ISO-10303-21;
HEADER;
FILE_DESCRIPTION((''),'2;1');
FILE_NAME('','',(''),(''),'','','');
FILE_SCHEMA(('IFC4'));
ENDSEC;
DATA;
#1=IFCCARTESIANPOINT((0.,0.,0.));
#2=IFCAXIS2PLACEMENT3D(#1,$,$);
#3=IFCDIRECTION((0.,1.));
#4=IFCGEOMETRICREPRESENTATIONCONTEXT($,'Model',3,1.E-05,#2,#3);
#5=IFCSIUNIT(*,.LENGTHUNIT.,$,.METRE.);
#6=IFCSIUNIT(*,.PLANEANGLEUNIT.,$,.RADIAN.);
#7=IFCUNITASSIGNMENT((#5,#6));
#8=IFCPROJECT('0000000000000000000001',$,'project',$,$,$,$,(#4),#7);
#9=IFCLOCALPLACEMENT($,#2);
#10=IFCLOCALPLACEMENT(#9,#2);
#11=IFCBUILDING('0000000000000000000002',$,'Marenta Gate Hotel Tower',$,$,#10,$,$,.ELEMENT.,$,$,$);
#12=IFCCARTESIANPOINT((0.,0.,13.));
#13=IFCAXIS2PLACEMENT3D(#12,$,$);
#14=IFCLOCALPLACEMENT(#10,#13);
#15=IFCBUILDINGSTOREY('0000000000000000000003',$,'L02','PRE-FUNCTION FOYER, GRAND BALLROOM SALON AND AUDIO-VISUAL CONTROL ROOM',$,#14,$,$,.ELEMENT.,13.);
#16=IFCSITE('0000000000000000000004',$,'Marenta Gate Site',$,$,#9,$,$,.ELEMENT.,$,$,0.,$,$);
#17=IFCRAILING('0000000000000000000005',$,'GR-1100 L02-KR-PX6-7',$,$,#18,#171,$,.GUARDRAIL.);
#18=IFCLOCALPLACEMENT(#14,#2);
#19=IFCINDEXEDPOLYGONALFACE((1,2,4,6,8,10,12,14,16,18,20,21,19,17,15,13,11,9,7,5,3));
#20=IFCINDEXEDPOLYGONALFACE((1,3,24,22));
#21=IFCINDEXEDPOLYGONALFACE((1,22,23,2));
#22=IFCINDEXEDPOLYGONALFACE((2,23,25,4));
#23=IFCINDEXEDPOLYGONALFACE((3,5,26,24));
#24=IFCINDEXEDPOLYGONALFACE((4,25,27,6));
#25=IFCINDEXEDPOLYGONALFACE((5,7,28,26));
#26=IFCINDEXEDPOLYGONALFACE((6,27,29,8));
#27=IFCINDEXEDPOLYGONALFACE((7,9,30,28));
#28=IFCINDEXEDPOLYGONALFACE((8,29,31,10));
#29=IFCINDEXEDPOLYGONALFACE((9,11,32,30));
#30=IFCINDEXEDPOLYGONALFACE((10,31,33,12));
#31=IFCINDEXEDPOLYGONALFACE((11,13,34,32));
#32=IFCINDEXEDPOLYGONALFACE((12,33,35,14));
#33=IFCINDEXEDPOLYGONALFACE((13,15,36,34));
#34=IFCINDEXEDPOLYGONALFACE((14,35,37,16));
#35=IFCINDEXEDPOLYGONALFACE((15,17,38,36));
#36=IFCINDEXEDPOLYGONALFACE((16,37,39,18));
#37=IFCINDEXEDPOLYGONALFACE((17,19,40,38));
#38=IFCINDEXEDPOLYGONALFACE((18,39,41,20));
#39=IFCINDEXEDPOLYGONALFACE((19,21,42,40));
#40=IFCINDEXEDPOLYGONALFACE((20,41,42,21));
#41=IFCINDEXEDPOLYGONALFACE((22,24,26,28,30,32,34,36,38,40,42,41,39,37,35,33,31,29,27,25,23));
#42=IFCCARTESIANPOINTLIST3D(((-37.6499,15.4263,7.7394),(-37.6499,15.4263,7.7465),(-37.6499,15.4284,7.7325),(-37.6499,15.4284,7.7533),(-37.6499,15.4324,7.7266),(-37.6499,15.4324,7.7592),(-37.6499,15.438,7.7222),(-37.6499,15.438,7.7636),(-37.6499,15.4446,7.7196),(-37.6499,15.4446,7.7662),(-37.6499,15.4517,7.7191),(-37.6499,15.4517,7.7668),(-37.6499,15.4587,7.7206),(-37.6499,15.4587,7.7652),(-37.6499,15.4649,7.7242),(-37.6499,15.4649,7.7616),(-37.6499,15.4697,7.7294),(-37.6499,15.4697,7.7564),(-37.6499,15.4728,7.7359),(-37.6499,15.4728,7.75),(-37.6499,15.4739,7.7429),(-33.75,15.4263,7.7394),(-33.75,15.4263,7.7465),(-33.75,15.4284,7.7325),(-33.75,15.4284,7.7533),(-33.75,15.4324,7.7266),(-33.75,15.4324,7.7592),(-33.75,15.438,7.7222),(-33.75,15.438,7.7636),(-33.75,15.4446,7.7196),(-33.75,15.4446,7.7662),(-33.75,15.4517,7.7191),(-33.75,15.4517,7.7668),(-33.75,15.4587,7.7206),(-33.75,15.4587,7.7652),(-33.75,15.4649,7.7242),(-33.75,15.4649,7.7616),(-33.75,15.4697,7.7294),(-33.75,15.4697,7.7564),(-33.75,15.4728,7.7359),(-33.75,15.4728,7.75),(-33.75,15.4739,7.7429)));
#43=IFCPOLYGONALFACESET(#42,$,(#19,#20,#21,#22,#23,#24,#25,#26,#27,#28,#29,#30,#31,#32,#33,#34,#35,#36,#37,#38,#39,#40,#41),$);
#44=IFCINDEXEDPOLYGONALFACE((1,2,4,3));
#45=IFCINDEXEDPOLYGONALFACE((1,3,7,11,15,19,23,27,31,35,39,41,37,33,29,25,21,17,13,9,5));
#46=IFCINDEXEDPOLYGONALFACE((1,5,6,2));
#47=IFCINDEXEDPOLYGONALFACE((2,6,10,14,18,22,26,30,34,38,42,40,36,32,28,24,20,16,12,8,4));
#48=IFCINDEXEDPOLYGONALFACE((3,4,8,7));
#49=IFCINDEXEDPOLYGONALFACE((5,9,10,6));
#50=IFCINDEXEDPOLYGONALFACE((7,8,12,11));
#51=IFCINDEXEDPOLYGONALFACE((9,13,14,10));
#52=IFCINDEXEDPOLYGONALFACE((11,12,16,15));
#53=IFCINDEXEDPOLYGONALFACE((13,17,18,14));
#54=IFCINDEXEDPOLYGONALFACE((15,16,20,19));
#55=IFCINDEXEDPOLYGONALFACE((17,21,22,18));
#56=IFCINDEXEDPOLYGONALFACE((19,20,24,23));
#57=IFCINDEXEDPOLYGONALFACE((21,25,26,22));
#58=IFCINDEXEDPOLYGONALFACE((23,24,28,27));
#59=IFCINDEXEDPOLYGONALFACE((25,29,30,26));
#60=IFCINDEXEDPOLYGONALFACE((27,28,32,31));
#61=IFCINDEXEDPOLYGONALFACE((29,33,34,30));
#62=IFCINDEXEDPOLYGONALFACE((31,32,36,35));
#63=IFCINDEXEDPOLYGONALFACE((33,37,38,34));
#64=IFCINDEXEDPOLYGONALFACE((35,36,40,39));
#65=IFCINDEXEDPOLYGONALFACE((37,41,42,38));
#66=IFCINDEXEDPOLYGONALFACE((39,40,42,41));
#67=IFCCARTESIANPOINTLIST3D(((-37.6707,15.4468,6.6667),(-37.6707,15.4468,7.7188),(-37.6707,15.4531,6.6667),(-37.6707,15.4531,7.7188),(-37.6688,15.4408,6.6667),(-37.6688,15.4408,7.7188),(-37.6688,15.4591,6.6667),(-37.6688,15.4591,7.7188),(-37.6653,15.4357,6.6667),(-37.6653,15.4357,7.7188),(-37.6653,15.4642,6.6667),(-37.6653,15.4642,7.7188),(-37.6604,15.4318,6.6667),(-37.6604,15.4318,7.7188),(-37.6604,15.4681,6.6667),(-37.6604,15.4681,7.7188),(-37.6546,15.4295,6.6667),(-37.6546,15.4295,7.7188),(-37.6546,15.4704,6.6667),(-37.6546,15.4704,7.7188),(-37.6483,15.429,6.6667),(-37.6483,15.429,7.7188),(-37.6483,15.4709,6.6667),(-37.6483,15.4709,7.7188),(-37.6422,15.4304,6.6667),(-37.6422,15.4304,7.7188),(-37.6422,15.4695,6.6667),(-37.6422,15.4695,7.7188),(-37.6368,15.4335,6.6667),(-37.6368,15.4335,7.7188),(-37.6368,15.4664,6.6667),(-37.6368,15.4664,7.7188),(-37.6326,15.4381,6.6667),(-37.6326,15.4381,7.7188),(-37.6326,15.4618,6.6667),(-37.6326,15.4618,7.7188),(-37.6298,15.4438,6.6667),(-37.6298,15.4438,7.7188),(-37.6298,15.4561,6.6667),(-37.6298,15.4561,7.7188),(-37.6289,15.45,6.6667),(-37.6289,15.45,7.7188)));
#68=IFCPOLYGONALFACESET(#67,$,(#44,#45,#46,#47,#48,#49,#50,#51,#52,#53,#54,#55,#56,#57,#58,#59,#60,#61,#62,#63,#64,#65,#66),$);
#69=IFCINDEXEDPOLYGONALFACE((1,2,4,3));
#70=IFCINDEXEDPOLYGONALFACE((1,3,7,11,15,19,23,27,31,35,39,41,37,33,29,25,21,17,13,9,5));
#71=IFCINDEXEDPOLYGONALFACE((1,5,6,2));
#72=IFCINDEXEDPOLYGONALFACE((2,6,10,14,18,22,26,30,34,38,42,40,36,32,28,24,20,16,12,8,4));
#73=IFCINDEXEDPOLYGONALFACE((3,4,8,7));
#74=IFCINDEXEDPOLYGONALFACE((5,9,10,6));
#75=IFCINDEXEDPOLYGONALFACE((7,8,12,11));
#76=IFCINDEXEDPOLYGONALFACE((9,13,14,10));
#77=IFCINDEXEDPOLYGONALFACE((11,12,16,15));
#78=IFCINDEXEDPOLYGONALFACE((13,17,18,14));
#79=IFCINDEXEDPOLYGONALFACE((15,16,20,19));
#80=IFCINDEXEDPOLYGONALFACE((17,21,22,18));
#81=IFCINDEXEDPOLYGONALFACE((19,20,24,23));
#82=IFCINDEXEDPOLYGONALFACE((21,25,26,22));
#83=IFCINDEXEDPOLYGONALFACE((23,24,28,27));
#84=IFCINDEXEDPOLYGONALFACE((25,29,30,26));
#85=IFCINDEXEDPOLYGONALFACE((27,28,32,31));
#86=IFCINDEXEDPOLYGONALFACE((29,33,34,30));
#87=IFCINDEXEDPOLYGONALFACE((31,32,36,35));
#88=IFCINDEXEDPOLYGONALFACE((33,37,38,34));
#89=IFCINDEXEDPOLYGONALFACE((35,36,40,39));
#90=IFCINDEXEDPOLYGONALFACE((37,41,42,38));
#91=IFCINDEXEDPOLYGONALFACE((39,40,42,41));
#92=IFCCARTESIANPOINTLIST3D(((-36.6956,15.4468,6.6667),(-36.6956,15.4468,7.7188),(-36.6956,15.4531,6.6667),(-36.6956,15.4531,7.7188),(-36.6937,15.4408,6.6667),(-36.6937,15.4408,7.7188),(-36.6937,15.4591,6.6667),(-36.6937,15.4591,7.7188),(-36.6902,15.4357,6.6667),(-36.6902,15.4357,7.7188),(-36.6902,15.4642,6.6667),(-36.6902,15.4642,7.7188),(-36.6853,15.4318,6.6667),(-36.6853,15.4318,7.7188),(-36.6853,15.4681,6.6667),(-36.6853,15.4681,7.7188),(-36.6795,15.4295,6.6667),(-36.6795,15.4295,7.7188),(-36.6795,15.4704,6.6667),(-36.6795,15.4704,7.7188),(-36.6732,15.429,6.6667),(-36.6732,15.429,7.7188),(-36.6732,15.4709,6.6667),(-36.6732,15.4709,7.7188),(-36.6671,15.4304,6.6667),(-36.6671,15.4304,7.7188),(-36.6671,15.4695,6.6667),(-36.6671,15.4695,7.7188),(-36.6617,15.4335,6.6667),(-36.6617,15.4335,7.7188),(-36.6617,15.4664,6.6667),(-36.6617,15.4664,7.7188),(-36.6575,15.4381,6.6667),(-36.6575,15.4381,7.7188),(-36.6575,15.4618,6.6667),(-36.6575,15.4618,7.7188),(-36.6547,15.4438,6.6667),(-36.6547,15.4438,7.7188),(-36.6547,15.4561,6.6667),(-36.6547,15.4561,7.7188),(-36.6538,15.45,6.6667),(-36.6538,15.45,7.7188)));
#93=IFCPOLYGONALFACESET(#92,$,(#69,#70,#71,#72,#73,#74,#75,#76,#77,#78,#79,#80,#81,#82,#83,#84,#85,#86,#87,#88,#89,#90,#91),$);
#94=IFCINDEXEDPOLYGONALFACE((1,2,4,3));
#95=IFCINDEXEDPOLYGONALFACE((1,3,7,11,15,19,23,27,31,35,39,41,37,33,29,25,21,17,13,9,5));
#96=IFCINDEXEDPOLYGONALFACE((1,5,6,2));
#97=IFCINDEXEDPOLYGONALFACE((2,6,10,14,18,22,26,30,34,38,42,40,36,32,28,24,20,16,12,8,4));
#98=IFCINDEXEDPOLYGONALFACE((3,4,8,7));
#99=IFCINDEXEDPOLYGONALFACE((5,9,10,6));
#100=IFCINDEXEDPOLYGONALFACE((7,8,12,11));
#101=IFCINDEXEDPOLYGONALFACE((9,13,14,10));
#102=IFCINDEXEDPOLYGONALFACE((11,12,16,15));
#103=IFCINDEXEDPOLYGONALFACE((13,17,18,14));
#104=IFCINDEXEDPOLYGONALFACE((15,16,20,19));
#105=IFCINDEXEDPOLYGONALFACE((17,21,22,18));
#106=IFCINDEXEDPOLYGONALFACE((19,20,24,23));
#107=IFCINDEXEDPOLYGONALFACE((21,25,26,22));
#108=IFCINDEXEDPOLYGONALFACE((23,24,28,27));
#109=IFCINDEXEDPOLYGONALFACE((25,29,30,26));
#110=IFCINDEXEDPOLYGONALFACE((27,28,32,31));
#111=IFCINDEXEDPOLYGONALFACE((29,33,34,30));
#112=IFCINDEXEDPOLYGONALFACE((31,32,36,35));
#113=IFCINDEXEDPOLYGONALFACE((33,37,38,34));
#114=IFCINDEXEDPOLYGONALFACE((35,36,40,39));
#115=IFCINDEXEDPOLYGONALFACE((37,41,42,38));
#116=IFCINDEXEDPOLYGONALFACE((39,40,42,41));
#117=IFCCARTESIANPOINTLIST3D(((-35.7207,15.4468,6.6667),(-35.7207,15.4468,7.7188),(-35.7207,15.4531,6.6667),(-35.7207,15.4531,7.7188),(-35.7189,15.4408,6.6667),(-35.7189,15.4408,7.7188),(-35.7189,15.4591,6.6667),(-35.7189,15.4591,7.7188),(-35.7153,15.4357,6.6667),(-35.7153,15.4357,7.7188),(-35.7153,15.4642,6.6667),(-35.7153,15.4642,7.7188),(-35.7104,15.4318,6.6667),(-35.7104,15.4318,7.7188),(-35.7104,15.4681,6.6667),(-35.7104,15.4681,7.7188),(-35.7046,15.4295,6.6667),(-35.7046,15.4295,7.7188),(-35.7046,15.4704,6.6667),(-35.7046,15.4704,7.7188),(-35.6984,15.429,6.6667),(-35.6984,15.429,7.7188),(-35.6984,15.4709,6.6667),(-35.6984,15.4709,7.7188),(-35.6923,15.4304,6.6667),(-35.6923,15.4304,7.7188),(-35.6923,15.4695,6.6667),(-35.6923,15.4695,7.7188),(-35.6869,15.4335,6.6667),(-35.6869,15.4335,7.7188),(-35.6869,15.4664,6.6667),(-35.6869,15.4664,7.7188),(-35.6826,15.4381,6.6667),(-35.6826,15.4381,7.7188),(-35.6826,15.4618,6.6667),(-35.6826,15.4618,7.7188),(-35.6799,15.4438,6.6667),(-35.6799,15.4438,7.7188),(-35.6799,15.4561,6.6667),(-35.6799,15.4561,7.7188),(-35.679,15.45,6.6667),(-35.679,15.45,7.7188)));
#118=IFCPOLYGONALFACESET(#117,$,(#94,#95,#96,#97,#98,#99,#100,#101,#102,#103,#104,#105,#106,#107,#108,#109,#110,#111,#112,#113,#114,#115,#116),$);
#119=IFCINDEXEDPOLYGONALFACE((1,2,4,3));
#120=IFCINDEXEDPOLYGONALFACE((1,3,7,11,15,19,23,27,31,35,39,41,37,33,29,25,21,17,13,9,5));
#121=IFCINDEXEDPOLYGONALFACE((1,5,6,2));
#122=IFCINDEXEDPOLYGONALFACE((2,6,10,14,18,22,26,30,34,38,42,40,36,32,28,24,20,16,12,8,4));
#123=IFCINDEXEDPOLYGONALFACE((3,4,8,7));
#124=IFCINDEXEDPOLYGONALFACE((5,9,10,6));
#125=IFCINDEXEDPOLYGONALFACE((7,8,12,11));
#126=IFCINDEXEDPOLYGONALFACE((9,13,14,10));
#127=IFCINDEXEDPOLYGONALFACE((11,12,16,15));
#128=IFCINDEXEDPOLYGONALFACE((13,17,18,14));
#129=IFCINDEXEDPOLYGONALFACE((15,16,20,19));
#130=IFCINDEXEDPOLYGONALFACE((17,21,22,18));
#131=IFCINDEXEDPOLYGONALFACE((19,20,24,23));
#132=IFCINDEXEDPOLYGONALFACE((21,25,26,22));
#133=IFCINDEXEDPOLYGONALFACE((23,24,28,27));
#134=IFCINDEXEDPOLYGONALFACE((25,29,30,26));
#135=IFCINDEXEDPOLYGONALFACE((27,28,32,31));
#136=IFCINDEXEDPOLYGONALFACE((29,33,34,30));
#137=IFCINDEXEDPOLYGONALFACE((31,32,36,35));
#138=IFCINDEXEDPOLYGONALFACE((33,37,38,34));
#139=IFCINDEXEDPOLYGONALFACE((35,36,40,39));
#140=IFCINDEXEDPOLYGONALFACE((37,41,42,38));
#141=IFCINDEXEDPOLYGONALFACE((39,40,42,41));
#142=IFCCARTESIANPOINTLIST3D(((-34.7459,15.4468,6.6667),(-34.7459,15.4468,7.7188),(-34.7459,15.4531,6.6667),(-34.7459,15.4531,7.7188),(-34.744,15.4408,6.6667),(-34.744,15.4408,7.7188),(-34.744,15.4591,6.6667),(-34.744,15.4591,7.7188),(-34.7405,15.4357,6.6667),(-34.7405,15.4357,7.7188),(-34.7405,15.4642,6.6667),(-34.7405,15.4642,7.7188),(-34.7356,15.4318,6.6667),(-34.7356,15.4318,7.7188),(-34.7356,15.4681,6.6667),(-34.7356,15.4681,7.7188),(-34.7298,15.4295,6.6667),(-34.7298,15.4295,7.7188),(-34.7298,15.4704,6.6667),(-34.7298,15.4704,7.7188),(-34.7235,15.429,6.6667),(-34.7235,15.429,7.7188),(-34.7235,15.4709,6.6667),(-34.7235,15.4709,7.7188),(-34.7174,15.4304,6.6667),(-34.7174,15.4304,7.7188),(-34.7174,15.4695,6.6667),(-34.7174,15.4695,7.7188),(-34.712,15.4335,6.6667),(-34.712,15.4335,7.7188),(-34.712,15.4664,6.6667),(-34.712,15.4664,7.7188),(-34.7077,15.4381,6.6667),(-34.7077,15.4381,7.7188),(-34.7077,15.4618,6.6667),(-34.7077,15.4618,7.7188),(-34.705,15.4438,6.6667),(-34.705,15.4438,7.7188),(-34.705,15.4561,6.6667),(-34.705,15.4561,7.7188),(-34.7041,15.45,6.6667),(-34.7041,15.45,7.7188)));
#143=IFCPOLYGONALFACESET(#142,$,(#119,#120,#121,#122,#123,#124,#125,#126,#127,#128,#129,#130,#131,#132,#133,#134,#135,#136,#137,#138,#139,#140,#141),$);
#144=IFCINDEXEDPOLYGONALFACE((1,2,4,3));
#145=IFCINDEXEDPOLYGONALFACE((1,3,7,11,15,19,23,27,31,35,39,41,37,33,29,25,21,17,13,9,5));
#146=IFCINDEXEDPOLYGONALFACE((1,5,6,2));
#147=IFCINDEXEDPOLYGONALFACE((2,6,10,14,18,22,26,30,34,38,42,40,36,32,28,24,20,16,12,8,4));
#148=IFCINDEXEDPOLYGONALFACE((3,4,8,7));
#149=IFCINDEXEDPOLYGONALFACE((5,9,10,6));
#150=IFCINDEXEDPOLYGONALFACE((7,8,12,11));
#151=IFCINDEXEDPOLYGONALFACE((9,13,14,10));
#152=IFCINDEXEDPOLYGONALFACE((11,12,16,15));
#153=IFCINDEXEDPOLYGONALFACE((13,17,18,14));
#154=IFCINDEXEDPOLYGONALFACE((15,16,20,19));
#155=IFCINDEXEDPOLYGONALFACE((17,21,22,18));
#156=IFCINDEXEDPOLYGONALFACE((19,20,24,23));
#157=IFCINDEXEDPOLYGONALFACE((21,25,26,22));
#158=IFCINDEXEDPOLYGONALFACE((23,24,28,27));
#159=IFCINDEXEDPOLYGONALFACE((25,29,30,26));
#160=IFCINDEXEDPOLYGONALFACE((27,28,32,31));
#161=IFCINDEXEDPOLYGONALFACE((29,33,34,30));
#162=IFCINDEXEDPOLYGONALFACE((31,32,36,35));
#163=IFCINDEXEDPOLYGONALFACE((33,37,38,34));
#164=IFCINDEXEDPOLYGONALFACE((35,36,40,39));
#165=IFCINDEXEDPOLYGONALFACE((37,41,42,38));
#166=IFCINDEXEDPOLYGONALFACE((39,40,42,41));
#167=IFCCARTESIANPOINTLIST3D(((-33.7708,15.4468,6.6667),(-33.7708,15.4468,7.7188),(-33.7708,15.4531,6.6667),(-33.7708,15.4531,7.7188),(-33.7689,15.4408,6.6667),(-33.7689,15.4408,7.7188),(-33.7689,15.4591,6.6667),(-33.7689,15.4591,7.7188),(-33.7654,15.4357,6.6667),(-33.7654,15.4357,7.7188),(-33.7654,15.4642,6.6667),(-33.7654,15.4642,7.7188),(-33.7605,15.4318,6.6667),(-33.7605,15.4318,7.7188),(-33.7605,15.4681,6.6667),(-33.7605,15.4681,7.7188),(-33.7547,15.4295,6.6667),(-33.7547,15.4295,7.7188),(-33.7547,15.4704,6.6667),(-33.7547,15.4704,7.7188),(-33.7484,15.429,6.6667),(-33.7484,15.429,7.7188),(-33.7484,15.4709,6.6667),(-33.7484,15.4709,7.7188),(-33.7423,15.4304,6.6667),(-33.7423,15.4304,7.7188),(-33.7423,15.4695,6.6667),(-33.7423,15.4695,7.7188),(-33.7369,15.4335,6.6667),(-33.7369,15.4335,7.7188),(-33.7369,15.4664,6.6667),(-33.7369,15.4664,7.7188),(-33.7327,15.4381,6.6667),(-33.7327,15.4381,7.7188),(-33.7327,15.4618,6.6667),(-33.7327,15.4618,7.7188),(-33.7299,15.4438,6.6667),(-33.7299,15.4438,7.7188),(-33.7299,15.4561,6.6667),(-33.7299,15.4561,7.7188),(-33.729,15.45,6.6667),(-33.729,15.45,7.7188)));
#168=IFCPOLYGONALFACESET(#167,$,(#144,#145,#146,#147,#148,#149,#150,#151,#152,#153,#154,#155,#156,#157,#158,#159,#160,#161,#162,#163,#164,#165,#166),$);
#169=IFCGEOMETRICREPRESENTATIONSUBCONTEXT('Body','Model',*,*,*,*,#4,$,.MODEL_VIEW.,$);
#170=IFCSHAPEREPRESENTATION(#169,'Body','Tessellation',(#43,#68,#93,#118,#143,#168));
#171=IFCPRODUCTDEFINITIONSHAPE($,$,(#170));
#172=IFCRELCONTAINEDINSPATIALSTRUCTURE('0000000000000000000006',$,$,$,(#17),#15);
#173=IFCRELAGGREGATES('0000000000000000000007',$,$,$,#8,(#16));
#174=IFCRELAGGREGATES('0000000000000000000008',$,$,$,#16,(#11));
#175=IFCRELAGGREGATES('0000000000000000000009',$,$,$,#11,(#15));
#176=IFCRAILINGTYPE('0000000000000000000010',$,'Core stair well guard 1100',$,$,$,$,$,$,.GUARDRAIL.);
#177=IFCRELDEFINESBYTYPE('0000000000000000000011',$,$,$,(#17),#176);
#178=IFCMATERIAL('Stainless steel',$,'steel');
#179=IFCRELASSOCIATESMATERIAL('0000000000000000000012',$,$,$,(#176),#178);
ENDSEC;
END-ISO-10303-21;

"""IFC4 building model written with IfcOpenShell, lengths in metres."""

from ifc_helpers import new_model, si_unit, direction, frame, origin, origin_2d, place, context, subcontext, project, spatial, circle, extrude, material, type_object, element, save


model = new_model("IFC4")

# Units and contexts
model_context = context("Model", 3, precision=1e-05, world=origin(), true_north=direction((0.0, 1.0)))
body_context = subcontext(model_context, "Body", "Model", "MODEL_VIEW")
ifc_project = project(units=[si_unit("LENGTHUNIT", "METRE"), si_unit("PLANEANGLEUNIT", "RADIAN")], contexts=[model_context])

# Site, building, storey
site_placement = place(None, origin())
site = spatial("IfcSite", under=ifc_project, at=site_placement, Name="Marenta Gate Site", CompositionType="ELEMENT", RefElevation=0.0)
building_placement = place(site_placement, origin())
building = spatial("IfcBuilding", under=site, at=building_placement, Name="Marenta Gate Hotel Tower", CompositionType="ELEMENT")
storey_placement = place(building_placement, frame((0.0, 0.0, 13.0)))
storey = spatial("IfcBuildingStorey", under=building, at=storey_placement, Name="L02", Description="PRE-FUNCTION FOYER, GRAND BALLROOM SALON AND AUDIO-VISUAL CONTROL ROOM", CompositionType="ELEMENT", Elevation=13.0)

# Railing
ifc_material_1 = material(Name="Stainless steel", Category="steel")
railing_type_1 = type_object("IfcRailingType", Name="Core stair well guard 1100", PredefinedType="GUARDRAIL", material=ifc_material_1)
for number, where, name in (
    (1, (-37.6499, 15.45, 6.6667), "GR-1100 L02-KR-PX6-7"),
):
    element("IfcRailing", number, at=place(storey_placement, frame(where)), inside=storey, type_object=railing_type_1, Name=name, PredefinedType="GUARDRAIL", context=body_context, shape_type="SweptSolid", body=[
        extrude(circle(Radius=0.0239, at=origin_2d()), frame((0.0, 0.0, 1.0762), z_axis=(1.0, 0.0, 0.0), x_axis=(0.0, 1.0, 0.0)), (0.0, 0.0, 1.0), 3.8999),
        extrude(circle(Radius=0.021, at=origin_2d()), origin(), (0.0, 0.0, 1.0), 1.052),
        extrude(circle(Radius=0.021, at=origin_2d()), frame((0.9751, 0.0, 0.0)), (0.0, 0.0, 1.0), 1.052),
        extrude(circle(Radius=0.021, at=origin_2d()), frame((1.95, 0.0, 0.0)), (0.0, 0.0, 1.0), 1.052),
        extrude(circle(Radius=0.021, at=origin_2d()), frame((2.9248, 0.0, 0.0)), (0.0, 0.0, 1.0), 1.052),
        extrude(circle(Radius=0.021, at=origin_2d()), frame((3.8999, 0.0, 0.0)), (0.0, 0.0, 1.0), 1.052),
    ])

save(model, "model.ifc")
